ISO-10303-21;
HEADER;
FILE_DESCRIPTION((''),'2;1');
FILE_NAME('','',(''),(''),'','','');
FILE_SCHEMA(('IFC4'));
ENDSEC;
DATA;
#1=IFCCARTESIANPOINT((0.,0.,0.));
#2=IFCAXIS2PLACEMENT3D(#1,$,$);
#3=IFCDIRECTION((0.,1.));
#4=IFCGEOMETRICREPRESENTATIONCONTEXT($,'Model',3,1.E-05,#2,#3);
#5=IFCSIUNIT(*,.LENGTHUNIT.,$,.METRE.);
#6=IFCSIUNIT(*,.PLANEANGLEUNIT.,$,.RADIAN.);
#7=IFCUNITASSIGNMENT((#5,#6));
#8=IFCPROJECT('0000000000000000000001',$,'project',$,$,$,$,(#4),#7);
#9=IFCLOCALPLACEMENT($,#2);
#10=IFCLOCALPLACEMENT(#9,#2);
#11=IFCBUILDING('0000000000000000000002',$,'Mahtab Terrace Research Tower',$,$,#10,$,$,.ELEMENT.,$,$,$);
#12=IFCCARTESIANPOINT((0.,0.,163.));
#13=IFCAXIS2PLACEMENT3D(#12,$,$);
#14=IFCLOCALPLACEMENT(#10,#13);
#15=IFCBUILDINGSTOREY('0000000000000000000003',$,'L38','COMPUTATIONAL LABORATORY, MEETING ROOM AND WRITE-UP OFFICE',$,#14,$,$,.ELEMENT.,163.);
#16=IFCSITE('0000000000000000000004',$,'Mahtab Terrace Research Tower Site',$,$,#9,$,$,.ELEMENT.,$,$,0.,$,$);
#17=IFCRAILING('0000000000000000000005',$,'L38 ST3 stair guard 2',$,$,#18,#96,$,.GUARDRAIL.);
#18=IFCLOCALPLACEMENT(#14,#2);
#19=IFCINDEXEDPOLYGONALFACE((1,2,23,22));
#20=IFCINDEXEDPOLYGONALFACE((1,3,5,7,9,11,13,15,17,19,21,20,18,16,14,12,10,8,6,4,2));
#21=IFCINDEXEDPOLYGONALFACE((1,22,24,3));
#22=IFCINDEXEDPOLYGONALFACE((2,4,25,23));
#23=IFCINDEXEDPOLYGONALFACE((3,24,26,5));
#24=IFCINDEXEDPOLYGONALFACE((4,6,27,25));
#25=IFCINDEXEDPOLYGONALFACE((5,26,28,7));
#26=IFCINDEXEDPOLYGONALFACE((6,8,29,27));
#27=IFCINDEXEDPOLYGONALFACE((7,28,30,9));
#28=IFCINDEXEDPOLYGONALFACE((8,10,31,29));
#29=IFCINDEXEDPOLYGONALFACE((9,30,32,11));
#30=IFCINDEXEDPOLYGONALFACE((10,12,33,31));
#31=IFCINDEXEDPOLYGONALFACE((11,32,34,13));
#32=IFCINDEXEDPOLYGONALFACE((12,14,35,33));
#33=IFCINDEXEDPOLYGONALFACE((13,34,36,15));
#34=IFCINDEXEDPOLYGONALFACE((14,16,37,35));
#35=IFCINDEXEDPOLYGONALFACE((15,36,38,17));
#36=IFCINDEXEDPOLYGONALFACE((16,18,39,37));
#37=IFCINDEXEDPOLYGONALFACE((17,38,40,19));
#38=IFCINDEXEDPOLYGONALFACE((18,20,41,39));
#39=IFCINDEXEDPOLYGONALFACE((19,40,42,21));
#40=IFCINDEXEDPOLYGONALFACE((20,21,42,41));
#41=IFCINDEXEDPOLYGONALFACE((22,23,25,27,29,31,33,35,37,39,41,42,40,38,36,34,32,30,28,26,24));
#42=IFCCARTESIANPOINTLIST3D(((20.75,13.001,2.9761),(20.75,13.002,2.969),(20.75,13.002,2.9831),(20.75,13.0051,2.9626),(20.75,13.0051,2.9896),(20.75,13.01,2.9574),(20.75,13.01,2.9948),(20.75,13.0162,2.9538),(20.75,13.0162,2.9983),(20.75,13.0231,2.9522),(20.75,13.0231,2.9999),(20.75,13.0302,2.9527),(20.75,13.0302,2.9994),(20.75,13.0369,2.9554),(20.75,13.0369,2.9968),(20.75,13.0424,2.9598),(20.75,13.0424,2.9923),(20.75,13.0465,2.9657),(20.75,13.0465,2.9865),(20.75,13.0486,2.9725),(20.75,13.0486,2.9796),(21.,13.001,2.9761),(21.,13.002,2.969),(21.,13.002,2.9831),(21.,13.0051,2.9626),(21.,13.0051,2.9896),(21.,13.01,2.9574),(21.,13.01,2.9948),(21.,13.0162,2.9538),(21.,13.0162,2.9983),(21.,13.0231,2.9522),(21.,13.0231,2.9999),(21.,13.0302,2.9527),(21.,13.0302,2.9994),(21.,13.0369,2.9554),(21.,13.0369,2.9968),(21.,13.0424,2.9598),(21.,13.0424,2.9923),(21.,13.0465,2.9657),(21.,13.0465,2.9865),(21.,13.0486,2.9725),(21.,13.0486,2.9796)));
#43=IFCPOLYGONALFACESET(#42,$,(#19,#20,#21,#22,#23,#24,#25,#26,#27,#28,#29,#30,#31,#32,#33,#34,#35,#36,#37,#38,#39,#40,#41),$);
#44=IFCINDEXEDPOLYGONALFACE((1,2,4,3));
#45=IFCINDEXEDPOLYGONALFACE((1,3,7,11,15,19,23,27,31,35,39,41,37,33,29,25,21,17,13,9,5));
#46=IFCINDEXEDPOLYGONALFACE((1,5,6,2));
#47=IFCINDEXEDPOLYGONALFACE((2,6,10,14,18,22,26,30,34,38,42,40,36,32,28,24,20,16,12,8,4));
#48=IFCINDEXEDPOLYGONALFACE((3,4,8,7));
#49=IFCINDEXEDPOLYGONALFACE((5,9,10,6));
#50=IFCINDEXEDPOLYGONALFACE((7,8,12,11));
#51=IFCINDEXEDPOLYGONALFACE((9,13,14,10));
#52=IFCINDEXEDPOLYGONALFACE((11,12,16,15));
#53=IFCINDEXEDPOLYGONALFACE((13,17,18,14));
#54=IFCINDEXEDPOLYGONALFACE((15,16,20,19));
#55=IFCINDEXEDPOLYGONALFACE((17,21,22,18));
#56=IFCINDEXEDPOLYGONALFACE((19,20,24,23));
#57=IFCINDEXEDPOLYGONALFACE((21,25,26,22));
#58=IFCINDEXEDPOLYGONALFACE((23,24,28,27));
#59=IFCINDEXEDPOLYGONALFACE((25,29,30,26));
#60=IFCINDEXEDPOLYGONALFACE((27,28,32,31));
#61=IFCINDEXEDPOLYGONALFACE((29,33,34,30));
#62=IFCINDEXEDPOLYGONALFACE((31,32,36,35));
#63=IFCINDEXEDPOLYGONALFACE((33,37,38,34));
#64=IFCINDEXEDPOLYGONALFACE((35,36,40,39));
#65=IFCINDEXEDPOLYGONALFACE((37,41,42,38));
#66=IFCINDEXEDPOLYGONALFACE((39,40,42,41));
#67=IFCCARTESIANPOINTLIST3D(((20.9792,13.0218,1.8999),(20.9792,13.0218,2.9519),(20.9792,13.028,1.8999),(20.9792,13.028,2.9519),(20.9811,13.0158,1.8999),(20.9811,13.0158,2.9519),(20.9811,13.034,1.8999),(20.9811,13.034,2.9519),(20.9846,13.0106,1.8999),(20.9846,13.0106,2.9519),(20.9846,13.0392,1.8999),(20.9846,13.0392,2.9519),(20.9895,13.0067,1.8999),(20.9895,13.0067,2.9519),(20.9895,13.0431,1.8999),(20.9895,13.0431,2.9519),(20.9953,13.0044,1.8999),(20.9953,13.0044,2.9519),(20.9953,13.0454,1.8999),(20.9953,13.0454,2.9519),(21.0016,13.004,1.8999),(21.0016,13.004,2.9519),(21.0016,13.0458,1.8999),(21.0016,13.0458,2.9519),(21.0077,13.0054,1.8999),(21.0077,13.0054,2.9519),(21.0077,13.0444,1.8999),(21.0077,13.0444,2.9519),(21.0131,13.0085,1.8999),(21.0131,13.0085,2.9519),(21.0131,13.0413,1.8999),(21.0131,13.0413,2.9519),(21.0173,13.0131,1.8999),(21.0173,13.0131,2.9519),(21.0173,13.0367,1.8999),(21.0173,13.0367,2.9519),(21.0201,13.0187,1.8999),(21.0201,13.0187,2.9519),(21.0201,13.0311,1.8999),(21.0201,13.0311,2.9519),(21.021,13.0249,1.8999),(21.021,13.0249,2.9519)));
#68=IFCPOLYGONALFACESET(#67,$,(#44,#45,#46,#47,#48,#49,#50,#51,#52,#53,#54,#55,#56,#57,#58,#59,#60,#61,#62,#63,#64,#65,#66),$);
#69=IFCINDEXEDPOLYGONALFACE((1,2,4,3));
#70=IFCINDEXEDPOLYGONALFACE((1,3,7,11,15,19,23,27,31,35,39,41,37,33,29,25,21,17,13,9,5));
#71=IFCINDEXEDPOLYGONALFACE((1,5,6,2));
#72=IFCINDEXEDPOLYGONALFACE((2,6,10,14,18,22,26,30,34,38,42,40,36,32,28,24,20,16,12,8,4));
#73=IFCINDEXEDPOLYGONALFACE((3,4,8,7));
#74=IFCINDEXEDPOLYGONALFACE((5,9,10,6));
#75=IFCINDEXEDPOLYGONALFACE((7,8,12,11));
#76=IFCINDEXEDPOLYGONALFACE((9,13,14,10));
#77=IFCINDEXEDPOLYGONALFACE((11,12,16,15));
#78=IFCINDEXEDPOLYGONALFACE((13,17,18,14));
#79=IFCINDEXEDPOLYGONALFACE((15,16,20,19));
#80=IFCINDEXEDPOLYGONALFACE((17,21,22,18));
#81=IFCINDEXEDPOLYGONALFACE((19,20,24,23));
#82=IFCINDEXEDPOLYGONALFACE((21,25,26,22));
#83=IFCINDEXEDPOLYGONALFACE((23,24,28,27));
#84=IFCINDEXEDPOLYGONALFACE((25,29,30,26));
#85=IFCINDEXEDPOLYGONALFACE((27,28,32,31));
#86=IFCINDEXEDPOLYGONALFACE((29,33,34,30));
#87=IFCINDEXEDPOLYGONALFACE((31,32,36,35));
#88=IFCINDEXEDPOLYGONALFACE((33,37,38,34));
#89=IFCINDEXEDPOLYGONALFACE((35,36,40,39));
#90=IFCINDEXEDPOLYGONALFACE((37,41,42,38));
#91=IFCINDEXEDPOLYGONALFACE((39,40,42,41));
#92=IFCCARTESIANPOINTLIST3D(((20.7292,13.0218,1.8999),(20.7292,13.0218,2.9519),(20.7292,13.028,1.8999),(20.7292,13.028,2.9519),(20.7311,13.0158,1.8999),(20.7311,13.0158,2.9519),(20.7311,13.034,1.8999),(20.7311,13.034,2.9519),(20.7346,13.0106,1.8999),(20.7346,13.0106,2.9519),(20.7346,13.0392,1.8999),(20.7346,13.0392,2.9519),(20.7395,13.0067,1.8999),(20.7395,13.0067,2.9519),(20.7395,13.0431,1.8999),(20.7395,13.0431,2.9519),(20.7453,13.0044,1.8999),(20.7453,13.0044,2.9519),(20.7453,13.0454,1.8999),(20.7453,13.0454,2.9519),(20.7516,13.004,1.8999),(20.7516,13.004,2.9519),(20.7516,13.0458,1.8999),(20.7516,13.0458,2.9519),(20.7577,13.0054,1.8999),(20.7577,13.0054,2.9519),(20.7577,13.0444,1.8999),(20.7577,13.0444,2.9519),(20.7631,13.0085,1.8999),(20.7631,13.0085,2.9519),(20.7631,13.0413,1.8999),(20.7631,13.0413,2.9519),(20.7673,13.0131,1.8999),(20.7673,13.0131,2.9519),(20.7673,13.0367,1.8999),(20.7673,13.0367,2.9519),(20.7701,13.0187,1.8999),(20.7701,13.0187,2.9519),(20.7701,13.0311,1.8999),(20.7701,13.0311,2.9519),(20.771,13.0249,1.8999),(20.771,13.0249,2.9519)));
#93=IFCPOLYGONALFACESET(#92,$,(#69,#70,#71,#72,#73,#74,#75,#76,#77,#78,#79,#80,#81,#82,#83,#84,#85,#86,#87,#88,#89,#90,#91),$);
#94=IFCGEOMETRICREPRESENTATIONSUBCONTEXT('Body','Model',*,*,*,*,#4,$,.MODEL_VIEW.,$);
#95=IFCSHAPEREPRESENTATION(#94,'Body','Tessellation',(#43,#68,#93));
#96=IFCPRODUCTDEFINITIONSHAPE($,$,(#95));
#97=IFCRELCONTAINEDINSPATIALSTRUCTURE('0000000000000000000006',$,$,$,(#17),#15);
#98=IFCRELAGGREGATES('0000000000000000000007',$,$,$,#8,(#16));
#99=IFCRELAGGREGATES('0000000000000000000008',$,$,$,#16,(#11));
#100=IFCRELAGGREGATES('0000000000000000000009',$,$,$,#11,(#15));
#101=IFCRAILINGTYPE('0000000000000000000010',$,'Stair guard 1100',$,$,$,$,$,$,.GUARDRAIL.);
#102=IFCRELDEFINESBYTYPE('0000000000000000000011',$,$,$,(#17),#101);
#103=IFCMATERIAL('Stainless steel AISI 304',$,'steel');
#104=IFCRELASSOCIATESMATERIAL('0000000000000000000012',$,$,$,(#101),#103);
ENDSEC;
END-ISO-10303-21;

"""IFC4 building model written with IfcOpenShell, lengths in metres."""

from ifc_helpers import new_model, si_unit, direction, frame, origin, origin_2d, place, context, subcontext, project, spatial, circle, extrude, material, type_object, element, save


model = new_model("IFC4")

# Units and contexts
model_context = context("Model", 3, precision=1e-05, world=origin(), true_north=direction((0.0, 1.0)))
body_context = subcontext(model_context, "Body", "Model", "MODEL_VIEW")
ifc_project = project(units=[si_unit("LENGTHUNIT", "METRE"), si_unit("PLANEANGLEUNIT", "RADIAN")], contexts=[model_context])

# Site, building, storey
site_placement = place(None, origin())
site = spatial("IfcSite", under=ifc_project, at=site_placement, Name="Mahtab Terrace Research Tower Site", CompositionType="ELEMENT", RefElevation=0.0)
building_placement = place(site_placement, origin())
building = spatial("IfcBuilding", under=site, at=building_placement, Name="Mahtab Terrace Research Tower", CompositionType="ELEMENT")
storey_placement = place(building_placement, frame((0.0, 0.0, 163.0)))
storey = spatial("IfcBuildingStorey", under=building, at=storey_placement, Name="L38", Description="COMPUTATIONAL LABORATORY, MEETING ROOM AND WRITE-UP OFFICE", CompositionType="ELEMENT", Elevation=163.0)

# Railing
ifc_material_1 = material(Name="Stainless steel AISI 304", Category="steel")
railing_type_1 = type_object("IfcRailingType", Name="Stair guard 1100", PredefinedType="GUARDRAIL", material=ifc_material_1)
railing_1_placement = place(storey_placement, frame((21.0, 13.0249, 1.8999)))
element("IfcRailing", 1, at=railing_1_placement, inside=storey, type_object=railing_type_1, Name="L38 ST3 stair guard 2", PredefinedType="GUARDRAIL", context=body_context, shape_type="SweptSolid", body=[
    extrude(circle(Radius=0.0239, at=origin_2d()), frame((0.0, 0.0, 1.0762), z_axis=(-1.0, 0.0, 0.0), x_axis=(0.0, -1.0, 0.0)), (0.0, 0.0, 1.0), 0.25),
    extrude(circle(Radius=0.021, at=origin_2d()), origin(), (0.0, 0.0, 1.0), 1.052),
    extrude(circle(Radius=0.021, at=origin_2d()), frame((-0.25, 0.0, 0.0)), (0.0, 0.0, 1.0), 1.052),
])

save(model, "model.ifc")
